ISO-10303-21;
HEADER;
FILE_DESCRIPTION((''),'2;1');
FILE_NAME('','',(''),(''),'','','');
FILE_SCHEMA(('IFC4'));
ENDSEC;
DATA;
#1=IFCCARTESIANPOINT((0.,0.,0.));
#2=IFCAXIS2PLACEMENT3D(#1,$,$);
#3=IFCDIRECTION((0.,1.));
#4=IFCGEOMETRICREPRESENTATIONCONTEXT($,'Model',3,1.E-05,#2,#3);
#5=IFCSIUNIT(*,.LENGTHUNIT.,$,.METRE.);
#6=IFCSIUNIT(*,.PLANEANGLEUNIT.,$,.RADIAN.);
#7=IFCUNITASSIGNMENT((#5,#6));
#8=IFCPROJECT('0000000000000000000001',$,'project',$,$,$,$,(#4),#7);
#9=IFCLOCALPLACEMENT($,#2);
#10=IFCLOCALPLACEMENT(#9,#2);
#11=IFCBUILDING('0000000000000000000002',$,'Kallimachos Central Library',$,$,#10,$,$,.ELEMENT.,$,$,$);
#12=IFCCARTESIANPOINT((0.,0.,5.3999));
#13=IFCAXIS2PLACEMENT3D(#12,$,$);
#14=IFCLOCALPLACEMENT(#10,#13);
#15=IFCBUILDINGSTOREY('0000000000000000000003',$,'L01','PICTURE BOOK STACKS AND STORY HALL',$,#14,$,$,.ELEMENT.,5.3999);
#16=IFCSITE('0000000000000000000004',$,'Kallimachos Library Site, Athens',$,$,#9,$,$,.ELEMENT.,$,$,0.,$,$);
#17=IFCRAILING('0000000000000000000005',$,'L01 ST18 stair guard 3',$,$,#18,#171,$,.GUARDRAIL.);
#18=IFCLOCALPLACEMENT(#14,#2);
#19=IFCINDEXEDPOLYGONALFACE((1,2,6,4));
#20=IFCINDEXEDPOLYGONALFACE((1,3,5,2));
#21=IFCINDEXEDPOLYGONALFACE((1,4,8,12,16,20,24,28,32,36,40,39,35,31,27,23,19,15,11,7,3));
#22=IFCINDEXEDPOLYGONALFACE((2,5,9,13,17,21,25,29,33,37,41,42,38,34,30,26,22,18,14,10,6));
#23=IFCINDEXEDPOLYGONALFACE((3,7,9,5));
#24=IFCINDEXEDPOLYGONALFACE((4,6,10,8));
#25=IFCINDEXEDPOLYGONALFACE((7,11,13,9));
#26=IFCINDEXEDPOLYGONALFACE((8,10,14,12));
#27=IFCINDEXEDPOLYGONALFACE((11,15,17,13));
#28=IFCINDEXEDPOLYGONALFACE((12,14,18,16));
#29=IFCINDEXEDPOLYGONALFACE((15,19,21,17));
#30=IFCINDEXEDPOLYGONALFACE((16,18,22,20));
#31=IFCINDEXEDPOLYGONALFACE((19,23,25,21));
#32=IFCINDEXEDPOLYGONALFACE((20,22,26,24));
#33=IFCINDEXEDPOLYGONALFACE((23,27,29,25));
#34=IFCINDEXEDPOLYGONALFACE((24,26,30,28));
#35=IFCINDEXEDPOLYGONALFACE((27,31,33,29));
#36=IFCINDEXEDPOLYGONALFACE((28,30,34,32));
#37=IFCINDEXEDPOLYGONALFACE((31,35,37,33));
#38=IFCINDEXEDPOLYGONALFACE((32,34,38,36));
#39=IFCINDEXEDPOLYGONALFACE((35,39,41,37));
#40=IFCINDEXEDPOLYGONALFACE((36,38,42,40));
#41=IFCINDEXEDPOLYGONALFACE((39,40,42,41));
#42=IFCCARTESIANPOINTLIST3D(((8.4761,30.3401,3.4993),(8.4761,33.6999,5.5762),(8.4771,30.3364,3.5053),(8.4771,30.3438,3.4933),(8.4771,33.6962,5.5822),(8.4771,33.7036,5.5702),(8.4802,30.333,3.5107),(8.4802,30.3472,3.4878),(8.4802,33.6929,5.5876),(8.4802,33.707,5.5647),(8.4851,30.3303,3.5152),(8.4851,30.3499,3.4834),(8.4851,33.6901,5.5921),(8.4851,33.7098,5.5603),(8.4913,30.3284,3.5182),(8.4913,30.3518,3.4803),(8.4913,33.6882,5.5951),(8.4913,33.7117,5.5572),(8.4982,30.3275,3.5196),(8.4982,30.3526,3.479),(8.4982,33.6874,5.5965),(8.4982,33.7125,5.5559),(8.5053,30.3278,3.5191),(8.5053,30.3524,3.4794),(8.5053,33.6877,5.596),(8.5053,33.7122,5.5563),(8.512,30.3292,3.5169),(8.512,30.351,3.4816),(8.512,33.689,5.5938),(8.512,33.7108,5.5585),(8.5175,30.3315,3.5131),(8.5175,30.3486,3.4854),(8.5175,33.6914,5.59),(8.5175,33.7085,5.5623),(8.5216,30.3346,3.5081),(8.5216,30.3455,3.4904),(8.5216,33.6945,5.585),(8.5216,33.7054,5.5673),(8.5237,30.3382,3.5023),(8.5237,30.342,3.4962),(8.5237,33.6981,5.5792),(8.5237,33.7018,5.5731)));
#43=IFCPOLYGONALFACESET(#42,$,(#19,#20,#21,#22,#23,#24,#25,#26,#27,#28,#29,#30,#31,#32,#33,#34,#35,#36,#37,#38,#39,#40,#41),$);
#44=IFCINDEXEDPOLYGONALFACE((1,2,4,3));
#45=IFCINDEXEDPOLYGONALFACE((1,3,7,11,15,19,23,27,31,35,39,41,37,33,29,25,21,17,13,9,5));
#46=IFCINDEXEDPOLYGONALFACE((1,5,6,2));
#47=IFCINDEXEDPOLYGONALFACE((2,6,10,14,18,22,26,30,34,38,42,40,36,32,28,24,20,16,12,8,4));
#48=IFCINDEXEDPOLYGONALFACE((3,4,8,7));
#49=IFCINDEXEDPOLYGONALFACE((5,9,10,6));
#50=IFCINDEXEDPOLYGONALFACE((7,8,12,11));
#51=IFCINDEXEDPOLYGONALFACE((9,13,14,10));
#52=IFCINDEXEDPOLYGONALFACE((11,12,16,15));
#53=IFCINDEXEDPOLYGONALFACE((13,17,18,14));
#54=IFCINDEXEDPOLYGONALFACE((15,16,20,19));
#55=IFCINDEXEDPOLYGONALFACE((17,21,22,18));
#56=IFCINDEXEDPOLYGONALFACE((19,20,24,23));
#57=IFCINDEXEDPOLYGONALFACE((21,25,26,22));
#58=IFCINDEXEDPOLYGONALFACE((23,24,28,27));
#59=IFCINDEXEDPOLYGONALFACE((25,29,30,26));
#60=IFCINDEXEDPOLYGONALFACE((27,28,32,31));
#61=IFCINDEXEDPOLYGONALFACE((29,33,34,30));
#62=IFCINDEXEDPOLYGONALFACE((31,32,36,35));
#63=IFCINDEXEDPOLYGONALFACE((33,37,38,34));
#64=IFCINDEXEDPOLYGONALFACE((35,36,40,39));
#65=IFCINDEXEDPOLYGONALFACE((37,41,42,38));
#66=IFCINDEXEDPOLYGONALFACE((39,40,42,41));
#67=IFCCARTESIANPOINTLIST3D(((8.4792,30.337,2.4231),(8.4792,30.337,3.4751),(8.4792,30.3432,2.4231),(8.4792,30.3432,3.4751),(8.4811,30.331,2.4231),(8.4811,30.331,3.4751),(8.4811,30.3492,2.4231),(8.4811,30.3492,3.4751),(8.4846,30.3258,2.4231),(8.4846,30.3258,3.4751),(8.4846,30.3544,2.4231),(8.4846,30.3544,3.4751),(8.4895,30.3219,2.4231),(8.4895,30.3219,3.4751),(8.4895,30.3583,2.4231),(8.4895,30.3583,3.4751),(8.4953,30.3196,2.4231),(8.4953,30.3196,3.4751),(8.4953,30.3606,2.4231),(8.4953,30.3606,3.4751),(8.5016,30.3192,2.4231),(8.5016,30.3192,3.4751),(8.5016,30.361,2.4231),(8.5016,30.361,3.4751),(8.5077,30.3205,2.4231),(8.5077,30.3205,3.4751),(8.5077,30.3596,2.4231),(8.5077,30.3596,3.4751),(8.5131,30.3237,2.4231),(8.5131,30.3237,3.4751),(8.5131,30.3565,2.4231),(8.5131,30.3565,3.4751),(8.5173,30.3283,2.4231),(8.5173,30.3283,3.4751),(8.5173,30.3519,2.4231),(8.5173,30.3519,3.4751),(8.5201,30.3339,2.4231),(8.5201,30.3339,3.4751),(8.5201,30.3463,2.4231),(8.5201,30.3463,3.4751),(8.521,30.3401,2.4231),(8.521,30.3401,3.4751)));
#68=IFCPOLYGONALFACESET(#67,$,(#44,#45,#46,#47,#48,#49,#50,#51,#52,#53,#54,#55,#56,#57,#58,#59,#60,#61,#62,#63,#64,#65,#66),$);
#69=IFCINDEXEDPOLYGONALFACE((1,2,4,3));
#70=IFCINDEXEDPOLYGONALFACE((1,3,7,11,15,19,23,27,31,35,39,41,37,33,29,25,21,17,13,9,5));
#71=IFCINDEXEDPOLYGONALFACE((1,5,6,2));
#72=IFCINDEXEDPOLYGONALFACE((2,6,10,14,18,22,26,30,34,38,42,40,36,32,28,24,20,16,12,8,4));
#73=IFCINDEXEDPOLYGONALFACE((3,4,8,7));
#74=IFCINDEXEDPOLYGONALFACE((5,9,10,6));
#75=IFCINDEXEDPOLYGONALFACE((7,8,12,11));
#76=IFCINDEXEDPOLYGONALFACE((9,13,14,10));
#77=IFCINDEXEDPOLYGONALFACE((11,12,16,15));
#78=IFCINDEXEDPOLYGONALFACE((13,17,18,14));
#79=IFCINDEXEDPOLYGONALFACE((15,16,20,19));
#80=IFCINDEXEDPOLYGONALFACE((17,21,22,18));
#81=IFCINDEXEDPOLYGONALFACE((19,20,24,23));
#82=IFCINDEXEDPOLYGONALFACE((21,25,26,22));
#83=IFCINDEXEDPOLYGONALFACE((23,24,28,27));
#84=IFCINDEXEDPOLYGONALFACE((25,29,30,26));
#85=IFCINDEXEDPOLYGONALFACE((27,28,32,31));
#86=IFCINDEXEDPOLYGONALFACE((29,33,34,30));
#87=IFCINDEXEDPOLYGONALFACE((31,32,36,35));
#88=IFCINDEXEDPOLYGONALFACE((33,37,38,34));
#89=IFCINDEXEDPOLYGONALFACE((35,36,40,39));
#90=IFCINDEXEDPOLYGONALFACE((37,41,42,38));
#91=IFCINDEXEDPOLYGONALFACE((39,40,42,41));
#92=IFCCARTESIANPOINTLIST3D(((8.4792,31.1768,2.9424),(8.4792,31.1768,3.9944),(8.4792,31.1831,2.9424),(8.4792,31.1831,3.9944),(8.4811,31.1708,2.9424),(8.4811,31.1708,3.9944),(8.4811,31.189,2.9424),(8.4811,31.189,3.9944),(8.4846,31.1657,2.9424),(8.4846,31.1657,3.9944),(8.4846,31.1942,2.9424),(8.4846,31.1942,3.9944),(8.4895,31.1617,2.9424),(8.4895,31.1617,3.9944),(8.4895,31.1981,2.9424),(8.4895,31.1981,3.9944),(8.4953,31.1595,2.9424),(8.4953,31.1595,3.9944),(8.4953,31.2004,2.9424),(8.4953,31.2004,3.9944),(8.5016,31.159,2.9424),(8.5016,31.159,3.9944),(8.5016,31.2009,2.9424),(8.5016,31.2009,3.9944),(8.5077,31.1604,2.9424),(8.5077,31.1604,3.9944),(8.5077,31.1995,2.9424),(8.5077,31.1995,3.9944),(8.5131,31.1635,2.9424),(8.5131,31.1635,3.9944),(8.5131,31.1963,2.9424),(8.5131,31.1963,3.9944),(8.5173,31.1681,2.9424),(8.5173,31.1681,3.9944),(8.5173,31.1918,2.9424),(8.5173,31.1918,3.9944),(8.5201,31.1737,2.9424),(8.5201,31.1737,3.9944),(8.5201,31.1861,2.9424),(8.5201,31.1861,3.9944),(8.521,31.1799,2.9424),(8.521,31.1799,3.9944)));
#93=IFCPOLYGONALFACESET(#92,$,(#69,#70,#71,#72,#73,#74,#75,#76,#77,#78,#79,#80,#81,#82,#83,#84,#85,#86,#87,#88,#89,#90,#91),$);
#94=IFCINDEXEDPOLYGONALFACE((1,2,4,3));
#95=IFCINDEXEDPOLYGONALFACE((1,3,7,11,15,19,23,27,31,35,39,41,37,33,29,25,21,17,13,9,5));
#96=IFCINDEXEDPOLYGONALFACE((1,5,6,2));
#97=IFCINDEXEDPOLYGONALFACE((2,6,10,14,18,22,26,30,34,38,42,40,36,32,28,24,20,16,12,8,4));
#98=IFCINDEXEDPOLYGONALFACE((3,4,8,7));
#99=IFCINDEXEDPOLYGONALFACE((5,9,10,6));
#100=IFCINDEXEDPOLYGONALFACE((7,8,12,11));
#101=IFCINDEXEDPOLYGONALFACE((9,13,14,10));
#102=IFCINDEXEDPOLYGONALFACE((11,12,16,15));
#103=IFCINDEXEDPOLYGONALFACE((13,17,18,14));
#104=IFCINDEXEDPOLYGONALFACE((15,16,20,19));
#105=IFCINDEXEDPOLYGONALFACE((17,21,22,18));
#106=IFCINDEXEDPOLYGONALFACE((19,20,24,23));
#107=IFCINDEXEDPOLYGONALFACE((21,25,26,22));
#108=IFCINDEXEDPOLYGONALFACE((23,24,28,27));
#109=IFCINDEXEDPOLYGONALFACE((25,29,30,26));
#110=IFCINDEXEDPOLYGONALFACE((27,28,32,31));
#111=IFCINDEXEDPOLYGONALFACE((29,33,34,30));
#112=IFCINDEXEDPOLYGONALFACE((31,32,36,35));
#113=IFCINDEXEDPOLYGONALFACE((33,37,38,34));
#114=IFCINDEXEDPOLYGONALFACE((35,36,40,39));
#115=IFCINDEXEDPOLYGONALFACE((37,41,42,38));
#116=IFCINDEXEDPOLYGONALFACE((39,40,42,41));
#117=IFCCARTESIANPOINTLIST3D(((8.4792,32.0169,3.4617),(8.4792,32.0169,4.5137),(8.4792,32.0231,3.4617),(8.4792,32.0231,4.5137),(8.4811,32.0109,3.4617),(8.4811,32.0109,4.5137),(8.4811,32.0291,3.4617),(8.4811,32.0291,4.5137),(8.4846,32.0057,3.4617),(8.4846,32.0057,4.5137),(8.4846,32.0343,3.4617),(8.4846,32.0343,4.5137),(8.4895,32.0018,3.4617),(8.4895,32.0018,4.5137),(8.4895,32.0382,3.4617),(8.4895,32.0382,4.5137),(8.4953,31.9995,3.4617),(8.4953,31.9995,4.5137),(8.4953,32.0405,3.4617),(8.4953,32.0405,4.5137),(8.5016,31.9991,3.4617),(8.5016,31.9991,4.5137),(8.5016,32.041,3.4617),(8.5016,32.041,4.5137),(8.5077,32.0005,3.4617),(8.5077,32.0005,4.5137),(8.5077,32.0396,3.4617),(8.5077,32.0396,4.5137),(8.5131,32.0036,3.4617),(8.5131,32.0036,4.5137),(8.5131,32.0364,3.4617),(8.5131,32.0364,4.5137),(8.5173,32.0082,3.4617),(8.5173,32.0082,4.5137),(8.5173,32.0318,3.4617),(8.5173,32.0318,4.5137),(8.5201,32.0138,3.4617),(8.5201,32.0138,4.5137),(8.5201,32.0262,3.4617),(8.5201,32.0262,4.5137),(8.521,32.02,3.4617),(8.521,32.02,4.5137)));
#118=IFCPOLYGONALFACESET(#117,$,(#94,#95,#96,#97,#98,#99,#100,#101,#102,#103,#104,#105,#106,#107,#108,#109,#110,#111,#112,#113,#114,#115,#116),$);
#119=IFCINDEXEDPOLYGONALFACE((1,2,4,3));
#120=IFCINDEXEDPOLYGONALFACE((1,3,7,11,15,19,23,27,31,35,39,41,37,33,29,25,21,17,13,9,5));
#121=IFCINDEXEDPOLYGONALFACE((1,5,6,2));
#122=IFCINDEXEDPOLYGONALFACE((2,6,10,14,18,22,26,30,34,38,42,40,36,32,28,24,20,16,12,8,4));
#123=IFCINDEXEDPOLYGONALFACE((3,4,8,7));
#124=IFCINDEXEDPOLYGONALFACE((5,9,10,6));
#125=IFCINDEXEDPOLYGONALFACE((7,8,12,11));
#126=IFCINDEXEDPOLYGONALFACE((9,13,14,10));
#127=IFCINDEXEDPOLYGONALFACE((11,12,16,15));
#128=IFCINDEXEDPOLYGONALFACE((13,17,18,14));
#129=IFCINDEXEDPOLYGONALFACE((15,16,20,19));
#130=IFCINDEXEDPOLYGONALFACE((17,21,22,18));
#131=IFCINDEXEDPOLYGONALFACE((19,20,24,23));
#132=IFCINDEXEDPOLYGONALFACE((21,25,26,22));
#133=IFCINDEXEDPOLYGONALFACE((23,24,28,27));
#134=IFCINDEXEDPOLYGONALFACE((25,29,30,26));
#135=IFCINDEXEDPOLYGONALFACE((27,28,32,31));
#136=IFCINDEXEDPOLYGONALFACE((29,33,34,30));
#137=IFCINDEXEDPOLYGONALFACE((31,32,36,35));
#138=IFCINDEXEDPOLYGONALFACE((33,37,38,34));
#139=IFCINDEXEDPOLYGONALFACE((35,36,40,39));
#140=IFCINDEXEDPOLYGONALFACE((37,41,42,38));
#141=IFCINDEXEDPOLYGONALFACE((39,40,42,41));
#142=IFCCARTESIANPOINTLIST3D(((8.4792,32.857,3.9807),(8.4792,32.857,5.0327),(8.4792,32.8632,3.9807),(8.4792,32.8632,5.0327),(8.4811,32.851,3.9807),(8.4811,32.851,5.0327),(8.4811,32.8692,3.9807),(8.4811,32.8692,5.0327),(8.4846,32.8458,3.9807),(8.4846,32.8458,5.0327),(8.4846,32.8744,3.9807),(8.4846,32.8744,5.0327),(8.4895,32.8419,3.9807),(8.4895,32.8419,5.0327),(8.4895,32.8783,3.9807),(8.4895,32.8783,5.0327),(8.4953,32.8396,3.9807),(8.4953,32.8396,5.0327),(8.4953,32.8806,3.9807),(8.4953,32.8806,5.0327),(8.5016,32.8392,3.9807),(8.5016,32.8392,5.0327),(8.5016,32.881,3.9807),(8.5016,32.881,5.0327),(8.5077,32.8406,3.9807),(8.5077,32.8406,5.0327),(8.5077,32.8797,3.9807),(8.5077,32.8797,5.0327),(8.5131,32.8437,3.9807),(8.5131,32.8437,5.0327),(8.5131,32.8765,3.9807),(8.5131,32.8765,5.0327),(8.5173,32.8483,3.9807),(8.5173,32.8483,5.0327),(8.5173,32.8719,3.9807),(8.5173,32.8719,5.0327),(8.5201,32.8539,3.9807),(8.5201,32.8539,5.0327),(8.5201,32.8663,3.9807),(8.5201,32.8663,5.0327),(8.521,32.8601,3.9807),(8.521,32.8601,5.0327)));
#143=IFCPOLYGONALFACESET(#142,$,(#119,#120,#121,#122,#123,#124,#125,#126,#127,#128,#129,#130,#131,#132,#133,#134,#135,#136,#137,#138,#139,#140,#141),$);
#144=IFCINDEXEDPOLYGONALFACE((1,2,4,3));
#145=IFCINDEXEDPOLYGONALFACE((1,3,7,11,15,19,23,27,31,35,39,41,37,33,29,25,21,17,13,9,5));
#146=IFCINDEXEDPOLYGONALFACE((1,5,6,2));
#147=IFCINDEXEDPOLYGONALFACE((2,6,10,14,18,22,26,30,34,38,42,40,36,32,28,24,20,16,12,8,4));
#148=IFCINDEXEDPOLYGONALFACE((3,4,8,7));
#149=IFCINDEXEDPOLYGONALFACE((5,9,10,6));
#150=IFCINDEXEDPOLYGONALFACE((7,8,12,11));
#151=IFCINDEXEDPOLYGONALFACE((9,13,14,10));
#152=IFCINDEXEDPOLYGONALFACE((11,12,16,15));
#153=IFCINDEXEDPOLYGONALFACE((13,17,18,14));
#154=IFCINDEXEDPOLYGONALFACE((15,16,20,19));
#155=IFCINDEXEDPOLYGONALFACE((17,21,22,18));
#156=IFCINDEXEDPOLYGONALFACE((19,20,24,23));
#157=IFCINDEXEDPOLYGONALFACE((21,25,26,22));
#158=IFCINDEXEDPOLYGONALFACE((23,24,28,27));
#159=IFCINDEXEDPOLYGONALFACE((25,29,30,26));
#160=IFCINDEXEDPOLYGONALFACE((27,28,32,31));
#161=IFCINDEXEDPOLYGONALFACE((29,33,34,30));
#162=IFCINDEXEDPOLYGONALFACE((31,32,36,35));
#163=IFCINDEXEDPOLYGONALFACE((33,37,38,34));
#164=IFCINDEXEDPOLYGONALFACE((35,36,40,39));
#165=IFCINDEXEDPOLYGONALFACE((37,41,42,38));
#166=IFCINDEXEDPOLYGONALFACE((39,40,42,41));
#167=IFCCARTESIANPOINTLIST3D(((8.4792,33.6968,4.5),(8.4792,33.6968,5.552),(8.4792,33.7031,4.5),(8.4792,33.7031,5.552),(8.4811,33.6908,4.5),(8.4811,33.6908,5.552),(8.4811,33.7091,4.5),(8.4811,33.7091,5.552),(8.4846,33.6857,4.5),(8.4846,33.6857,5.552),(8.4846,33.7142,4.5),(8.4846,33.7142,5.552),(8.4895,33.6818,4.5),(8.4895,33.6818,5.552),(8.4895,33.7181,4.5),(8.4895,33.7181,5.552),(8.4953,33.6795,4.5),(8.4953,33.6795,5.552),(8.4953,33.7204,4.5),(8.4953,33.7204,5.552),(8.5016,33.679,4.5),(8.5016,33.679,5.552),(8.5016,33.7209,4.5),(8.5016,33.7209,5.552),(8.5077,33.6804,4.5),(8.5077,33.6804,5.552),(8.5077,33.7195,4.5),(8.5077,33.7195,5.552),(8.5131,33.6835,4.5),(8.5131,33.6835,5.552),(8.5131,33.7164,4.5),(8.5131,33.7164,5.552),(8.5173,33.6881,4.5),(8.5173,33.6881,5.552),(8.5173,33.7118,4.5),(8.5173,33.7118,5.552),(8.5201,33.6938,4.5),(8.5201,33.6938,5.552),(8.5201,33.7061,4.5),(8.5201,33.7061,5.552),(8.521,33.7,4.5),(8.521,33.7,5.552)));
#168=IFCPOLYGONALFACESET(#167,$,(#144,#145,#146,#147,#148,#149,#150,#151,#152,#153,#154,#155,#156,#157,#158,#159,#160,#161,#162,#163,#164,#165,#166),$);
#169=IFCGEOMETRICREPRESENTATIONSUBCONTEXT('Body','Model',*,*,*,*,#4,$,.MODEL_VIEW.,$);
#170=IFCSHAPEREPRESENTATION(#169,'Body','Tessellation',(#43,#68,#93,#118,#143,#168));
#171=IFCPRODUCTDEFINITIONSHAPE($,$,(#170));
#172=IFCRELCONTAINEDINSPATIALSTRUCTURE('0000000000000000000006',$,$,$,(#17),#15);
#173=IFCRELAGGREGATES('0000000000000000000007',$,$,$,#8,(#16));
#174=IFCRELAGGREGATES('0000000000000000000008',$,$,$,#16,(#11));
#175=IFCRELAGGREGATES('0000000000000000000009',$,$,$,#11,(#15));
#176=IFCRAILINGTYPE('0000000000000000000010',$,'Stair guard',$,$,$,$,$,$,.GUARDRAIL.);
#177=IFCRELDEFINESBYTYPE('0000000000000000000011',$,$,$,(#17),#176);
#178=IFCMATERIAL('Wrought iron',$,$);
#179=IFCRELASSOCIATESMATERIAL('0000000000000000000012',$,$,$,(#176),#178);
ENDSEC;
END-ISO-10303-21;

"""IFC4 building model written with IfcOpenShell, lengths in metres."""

from ifc_helpers import new_model, si_unit, direction, frame, origin, origin_2d, place, context, subcontext, project, spatial, circle, extrude, material, type_object, element, save


model = new_model("IFC4")

# Units and contexts
model_context = context("Model", 3, precision=1e-05, world=origin(), true_north=direction((0.0, 1.0)))
body_context = subcontext(model_context, "Body", "Model", "MODEL_VIEW")
ifc_project = project(units=[si_unit("LENGTHUNIT", "METRE"), si_unit("PLANEANGLEUNIT", "RADIAN")], contexts=[model_context])

# Site, building, storey
site_placement = place(None, origin())
site = spatial("IfcSite", under=ifc_project, at=site_placement, Name="Kallimachos Library Site, Athens", CompositionType="ELEMENT", RefElevation=0.0)
building_placement = place(site_placement, origin())
building = spatial("IfcBuilding", under=site, at=building_placement, Name="Kallimachos Central Library", CompositionType="ELEMENT")
storey_placement = place(building_placement, frame((0.0, 0.0, 5.3999)))
storey = spatial("IfcBuildingStorey", under=building, at=storey_placement, Name="L01", Description="PICTURE BOOK STACKS AND STORY HALL", CompositionType="ELEMENT", Elevation=5.3999)

# Railing
ifc_material_1 = material(Name="Wrought iron")
railing_type_1 = type_object("IfcRailingType", Name="Stair guard", PredefinedType="GUARDRAIL", material=ifc_material_1)
railing_1_placement = place(storey_placement, frame((8.5, 30.3401, 2.4231)))
element("IfcRailing", 1, at=railing_1_placement, inside=storey, type_object=railing_type_1, Name="L01 ST18 stair guard 3", PredefinedType="GUARDRAIL", context=body_context, shape_type="SweptSolid", body=[
    extrude(circle(Radius=0.0239, at=origin_2d()), frame((0.0, 0.0, 1.0762), z_axis=(0.0, 0.850606, 0.525803), x_axis=(-1.0, 0.0, 0.0)), (0.0, 0.0, 1.0), 3.95),
    extrude(circle(Radius=0.021, at=origin_2d()), origin(), (0.0, 0.0, 1.0), 1.052),
    extrude(circle(Radius=0.021, at=origin_2d()), frame((0.0, 0.8398, 0.5193)), (0.0, 0.0, 1.0), 1.052),
    extrude(circle(Radius=0.021, at=origin_2d()), frame((0.0, 1.6799, 1.0386)), (0.0, 0.0, 1.0), 1.052),
    extrude(circle(Radius=0.021, at=origin_2d()), frame((0.0, 2.52, 1.5576)), (0.0, 0.0, 1.0), 1.052),
    extrude(circle(Radius=0.021, at=origin_2d()), frame((0.0, 3.3599, 2.0769)), (0.0, 0.0, 1.0), 1.052),
])

save(model, "model.ifc")
